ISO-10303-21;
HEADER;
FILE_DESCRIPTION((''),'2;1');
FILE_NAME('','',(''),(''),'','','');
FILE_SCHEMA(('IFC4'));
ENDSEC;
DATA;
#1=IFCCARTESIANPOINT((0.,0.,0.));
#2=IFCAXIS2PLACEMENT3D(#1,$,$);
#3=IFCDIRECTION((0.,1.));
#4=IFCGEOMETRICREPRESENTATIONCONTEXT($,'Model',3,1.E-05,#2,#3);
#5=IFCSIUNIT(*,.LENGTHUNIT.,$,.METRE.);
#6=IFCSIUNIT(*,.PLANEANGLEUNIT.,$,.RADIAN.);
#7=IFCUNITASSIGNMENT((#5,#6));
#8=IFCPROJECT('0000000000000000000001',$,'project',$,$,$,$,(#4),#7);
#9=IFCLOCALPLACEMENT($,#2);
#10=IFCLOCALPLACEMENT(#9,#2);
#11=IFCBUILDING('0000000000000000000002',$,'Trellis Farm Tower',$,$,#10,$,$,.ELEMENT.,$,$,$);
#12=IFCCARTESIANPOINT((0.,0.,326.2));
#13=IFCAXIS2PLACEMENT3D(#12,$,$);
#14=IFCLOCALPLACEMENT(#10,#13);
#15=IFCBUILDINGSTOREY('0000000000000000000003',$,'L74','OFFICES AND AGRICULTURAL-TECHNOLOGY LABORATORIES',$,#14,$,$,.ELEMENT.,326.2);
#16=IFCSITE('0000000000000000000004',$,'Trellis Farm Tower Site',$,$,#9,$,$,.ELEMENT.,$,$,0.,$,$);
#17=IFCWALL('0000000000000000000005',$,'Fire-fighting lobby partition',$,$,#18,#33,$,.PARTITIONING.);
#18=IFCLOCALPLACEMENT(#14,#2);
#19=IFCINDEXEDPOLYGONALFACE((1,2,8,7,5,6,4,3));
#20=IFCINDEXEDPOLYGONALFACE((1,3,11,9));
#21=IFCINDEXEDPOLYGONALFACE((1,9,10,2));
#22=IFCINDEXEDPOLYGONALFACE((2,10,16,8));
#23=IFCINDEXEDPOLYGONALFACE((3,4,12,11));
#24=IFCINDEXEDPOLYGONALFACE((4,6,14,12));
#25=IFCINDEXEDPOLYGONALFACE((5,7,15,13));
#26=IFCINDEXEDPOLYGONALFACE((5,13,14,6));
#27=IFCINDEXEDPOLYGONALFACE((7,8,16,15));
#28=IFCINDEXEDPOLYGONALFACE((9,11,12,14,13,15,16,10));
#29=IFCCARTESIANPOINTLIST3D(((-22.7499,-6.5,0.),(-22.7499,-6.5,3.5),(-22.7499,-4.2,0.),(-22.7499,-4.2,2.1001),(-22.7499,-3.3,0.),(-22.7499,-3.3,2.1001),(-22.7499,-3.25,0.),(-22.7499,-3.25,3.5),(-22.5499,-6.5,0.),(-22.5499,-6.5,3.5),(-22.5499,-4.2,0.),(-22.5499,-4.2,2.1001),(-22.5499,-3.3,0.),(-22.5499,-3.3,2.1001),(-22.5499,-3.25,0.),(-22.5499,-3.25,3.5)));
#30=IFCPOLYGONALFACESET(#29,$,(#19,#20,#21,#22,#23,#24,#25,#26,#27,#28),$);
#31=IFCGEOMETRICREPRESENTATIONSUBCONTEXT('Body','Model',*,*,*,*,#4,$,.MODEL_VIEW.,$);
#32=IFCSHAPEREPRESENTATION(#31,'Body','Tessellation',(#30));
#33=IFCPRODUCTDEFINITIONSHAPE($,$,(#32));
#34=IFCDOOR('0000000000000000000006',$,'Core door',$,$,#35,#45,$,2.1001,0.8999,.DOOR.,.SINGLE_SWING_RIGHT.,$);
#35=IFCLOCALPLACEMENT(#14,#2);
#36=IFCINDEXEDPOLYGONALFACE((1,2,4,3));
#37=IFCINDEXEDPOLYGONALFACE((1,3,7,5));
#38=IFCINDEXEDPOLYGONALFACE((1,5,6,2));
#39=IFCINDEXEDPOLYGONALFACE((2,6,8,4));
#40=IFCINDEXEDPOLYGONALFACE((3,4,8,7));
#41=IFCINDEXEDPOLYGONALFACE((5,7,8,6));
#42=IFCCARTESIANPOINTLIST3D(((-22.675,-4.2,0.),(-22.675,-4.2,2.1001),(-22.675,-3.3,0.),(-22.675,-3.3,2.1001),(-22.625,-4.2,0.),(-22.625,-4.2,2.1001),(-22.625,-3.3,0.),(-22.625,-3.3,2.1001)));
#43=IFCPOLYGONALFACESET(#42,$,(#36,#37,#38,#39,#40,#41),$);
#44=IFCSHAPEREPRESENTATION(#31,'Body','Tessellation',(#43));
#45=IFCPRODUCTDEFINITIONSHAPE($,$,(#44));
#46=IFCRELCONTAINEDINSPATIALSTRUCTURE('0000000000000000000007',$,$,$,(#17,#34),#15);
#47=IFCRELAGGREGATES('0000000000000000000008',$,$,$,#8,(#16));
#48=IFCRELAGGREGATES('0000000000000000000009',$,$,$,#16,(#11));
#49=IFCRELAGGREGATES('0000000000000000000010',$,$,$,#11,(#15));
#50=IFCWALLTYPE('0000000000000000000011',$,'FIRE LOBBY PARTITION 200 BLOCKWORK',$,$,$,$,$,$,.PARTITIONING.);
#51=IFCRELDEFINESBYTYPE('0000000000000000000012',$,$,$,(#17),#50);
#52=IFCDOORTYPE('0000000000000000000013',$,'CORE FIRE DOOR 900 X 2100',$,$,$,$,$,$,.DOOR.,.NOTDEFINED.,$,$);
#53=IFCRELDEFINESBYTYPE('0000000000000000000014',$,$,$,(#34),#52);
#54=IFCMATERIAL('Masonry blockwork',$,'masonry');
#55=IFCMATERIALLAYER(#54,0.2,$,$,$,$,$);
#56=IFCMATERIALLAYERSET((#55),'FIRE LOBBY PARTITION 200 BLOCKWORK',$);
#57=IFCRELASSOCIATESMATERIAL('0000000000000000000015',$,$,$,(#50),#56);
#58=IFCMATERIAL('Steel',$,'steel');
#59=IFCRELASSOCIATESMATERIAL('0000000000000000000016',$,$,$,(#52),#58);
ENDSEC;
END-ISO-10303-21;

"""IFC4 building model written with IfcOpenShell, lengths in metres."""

from ifc_helpers import new_model, si_unit, direction, frame, frame_2d, origin, place, context, subcontext, project, spatial, rectangle, extrude, source, transform, mapped, material, layer, layer_set, type_object, element, fill, save


model = new_model("IFC4")

# Units and contexts
model_context = context("Model", 3, precision=1e-05, world=origin(), true_north=direction((0.0, 1.0)))
body_context = subcontext(model_context, "Body", "Model", "MODEL_VIEW")
ifc_project = project(units=[si_unit("LENGTHUNIT", "METRE"), si_unit("PLANEANGLEUNIT", "RADIAN")], contexts=[model_context])

# Site, building, storey
site_placement = place(None, origin())
site = spatial("IfcSite", under=ifc_project, at=site_placement, Name="Trellis Farm Tower Site", CompositionType="ELEMENT", RefElevation=0.0)
building_placement = place(site_placement, origin())
building = spatial("IfcBuilding", under=site, at=building_placement, Name="Trellis Farm Tower", CompositionType="ELEMENT")
storey_placement = place(building_placement, frame((0.0, 0.0, 326.2)))
storey = spatial("IfcBuildingStorey", under=building, at=storey_placement, Name="L74", Description="OFFICES AND AGRICULTURAL-TECHNOLOGY LABORATORIES", CompositionType="ELEMENT", Elevation=326.2)

# Wall, opening, door
ifc_material_1 = material(Name="Masonry blockwork", Category="masonry")
ifc_layer_1 = layer(ifc_material_1, 0.2)
ifc_layer_set_1 = layer_set([ifc_layer_1], Name="FIRE LOBBY PARTITION 200 BLOCKWORK")
wall_type_1 = type_object("IfcWallType", Name="FIRE LOBBY PARTITION 200 BLOCKWORK", PredefinedType="PARTITIONING", material=ifc_layer_set_1)
shared_shape_1 = source(origin(), body_context, "Body", "SweptSolid", [
    extrude(rectangle(XDim=3.25, YDim=0.2, at=frame_2d((1.625, 0.0))), origin(), (0.0, 0.0, 1.0), 3.5),
])
ifc_material_2 = material(Name="Steel", Category="steel")
wall_1_placement = place(storey_placement, frame((-22.6499, -3.25, 0.0), z_axis=(0.0, 0.0, 1.0), x_axis=(0.0, -1.0, 0.0)))
wall_1 = element("IfcWall", 1, at=wall_1_placement, inside=storey, type_object=wall_type_1, Name="Fire-fighting lobby partition", PredefinedType="PARTITIONING", context=body_context, shape_type="MappedRepresentation", body=[
    mapped(shared_shape_1, transform((0.0, 0.0, 0.0))),
])
shared_shape_2 = source(origin(), body_context, "Body", "SweptSolid", [
    extrude(rectangle(XDim=0.8999, YDim=2.1001, at=frame_2d((0.45, 1.05))), frame((0.0, 0.1101, 0.0), z_axis=(0.0, -1.0, 0.0), x_axis=(1.0, 0.0, 0.0)), (0.0, 0.0, 1.0), 0.2202),
])
opening_1_placement = place(wall_1_placement, frame((0.05, 0.0, 0.0)))
opening_1 = element("IfcOpeningElement", 2, at=opening_1_placement, cuts=wall_1, PredefinedType="OPENING", context=body_context, shape_type="MappedRepresentation", body=[
    mapped(shared_shape_2, transform((0.0, 0.0, 0.0))),
])
door_type_1 = type_object("IfcDoorType", Name="CORE FIRE DOOR 900 X 2100", OperationType="NOTDEFINED", PredefinedType="DOOR", material=ifc_material_2)
shared_shape_3 = source(origin(), body_context, "Body", "SweptSolid", [
    extrude(rectangle(XDim=0.8999, YDim=2.1001, at=frame_2d((0.45, 1.05))), frame((0.0, 0.0249, 0.0), z_axis=(0.0, -1.0, 0.0), x_axis=(1.0, 0.0, 0.0)), (0.0, 0.0, 1.0), 0.05),
])
door_1_placement = place(opening_1_placement, origin())
door_1 = element("IfcDoor", 3, at=door_1_placement, inside=storey, type_object=door_type_1, Name="Core door", OperationType="SINGLE_SWING_RIGHT", OverallHeight=2.1001, OverallWidth=0.8999, PredefinedType="DOOR", context=body_context, shape_type="MappedRepresentation", body=[
    mapped(shared_shape_3, transform((0.0, 0.0, 0.0))),
])
fill(opening_1, door_1)

save(model, "model.ifc")
